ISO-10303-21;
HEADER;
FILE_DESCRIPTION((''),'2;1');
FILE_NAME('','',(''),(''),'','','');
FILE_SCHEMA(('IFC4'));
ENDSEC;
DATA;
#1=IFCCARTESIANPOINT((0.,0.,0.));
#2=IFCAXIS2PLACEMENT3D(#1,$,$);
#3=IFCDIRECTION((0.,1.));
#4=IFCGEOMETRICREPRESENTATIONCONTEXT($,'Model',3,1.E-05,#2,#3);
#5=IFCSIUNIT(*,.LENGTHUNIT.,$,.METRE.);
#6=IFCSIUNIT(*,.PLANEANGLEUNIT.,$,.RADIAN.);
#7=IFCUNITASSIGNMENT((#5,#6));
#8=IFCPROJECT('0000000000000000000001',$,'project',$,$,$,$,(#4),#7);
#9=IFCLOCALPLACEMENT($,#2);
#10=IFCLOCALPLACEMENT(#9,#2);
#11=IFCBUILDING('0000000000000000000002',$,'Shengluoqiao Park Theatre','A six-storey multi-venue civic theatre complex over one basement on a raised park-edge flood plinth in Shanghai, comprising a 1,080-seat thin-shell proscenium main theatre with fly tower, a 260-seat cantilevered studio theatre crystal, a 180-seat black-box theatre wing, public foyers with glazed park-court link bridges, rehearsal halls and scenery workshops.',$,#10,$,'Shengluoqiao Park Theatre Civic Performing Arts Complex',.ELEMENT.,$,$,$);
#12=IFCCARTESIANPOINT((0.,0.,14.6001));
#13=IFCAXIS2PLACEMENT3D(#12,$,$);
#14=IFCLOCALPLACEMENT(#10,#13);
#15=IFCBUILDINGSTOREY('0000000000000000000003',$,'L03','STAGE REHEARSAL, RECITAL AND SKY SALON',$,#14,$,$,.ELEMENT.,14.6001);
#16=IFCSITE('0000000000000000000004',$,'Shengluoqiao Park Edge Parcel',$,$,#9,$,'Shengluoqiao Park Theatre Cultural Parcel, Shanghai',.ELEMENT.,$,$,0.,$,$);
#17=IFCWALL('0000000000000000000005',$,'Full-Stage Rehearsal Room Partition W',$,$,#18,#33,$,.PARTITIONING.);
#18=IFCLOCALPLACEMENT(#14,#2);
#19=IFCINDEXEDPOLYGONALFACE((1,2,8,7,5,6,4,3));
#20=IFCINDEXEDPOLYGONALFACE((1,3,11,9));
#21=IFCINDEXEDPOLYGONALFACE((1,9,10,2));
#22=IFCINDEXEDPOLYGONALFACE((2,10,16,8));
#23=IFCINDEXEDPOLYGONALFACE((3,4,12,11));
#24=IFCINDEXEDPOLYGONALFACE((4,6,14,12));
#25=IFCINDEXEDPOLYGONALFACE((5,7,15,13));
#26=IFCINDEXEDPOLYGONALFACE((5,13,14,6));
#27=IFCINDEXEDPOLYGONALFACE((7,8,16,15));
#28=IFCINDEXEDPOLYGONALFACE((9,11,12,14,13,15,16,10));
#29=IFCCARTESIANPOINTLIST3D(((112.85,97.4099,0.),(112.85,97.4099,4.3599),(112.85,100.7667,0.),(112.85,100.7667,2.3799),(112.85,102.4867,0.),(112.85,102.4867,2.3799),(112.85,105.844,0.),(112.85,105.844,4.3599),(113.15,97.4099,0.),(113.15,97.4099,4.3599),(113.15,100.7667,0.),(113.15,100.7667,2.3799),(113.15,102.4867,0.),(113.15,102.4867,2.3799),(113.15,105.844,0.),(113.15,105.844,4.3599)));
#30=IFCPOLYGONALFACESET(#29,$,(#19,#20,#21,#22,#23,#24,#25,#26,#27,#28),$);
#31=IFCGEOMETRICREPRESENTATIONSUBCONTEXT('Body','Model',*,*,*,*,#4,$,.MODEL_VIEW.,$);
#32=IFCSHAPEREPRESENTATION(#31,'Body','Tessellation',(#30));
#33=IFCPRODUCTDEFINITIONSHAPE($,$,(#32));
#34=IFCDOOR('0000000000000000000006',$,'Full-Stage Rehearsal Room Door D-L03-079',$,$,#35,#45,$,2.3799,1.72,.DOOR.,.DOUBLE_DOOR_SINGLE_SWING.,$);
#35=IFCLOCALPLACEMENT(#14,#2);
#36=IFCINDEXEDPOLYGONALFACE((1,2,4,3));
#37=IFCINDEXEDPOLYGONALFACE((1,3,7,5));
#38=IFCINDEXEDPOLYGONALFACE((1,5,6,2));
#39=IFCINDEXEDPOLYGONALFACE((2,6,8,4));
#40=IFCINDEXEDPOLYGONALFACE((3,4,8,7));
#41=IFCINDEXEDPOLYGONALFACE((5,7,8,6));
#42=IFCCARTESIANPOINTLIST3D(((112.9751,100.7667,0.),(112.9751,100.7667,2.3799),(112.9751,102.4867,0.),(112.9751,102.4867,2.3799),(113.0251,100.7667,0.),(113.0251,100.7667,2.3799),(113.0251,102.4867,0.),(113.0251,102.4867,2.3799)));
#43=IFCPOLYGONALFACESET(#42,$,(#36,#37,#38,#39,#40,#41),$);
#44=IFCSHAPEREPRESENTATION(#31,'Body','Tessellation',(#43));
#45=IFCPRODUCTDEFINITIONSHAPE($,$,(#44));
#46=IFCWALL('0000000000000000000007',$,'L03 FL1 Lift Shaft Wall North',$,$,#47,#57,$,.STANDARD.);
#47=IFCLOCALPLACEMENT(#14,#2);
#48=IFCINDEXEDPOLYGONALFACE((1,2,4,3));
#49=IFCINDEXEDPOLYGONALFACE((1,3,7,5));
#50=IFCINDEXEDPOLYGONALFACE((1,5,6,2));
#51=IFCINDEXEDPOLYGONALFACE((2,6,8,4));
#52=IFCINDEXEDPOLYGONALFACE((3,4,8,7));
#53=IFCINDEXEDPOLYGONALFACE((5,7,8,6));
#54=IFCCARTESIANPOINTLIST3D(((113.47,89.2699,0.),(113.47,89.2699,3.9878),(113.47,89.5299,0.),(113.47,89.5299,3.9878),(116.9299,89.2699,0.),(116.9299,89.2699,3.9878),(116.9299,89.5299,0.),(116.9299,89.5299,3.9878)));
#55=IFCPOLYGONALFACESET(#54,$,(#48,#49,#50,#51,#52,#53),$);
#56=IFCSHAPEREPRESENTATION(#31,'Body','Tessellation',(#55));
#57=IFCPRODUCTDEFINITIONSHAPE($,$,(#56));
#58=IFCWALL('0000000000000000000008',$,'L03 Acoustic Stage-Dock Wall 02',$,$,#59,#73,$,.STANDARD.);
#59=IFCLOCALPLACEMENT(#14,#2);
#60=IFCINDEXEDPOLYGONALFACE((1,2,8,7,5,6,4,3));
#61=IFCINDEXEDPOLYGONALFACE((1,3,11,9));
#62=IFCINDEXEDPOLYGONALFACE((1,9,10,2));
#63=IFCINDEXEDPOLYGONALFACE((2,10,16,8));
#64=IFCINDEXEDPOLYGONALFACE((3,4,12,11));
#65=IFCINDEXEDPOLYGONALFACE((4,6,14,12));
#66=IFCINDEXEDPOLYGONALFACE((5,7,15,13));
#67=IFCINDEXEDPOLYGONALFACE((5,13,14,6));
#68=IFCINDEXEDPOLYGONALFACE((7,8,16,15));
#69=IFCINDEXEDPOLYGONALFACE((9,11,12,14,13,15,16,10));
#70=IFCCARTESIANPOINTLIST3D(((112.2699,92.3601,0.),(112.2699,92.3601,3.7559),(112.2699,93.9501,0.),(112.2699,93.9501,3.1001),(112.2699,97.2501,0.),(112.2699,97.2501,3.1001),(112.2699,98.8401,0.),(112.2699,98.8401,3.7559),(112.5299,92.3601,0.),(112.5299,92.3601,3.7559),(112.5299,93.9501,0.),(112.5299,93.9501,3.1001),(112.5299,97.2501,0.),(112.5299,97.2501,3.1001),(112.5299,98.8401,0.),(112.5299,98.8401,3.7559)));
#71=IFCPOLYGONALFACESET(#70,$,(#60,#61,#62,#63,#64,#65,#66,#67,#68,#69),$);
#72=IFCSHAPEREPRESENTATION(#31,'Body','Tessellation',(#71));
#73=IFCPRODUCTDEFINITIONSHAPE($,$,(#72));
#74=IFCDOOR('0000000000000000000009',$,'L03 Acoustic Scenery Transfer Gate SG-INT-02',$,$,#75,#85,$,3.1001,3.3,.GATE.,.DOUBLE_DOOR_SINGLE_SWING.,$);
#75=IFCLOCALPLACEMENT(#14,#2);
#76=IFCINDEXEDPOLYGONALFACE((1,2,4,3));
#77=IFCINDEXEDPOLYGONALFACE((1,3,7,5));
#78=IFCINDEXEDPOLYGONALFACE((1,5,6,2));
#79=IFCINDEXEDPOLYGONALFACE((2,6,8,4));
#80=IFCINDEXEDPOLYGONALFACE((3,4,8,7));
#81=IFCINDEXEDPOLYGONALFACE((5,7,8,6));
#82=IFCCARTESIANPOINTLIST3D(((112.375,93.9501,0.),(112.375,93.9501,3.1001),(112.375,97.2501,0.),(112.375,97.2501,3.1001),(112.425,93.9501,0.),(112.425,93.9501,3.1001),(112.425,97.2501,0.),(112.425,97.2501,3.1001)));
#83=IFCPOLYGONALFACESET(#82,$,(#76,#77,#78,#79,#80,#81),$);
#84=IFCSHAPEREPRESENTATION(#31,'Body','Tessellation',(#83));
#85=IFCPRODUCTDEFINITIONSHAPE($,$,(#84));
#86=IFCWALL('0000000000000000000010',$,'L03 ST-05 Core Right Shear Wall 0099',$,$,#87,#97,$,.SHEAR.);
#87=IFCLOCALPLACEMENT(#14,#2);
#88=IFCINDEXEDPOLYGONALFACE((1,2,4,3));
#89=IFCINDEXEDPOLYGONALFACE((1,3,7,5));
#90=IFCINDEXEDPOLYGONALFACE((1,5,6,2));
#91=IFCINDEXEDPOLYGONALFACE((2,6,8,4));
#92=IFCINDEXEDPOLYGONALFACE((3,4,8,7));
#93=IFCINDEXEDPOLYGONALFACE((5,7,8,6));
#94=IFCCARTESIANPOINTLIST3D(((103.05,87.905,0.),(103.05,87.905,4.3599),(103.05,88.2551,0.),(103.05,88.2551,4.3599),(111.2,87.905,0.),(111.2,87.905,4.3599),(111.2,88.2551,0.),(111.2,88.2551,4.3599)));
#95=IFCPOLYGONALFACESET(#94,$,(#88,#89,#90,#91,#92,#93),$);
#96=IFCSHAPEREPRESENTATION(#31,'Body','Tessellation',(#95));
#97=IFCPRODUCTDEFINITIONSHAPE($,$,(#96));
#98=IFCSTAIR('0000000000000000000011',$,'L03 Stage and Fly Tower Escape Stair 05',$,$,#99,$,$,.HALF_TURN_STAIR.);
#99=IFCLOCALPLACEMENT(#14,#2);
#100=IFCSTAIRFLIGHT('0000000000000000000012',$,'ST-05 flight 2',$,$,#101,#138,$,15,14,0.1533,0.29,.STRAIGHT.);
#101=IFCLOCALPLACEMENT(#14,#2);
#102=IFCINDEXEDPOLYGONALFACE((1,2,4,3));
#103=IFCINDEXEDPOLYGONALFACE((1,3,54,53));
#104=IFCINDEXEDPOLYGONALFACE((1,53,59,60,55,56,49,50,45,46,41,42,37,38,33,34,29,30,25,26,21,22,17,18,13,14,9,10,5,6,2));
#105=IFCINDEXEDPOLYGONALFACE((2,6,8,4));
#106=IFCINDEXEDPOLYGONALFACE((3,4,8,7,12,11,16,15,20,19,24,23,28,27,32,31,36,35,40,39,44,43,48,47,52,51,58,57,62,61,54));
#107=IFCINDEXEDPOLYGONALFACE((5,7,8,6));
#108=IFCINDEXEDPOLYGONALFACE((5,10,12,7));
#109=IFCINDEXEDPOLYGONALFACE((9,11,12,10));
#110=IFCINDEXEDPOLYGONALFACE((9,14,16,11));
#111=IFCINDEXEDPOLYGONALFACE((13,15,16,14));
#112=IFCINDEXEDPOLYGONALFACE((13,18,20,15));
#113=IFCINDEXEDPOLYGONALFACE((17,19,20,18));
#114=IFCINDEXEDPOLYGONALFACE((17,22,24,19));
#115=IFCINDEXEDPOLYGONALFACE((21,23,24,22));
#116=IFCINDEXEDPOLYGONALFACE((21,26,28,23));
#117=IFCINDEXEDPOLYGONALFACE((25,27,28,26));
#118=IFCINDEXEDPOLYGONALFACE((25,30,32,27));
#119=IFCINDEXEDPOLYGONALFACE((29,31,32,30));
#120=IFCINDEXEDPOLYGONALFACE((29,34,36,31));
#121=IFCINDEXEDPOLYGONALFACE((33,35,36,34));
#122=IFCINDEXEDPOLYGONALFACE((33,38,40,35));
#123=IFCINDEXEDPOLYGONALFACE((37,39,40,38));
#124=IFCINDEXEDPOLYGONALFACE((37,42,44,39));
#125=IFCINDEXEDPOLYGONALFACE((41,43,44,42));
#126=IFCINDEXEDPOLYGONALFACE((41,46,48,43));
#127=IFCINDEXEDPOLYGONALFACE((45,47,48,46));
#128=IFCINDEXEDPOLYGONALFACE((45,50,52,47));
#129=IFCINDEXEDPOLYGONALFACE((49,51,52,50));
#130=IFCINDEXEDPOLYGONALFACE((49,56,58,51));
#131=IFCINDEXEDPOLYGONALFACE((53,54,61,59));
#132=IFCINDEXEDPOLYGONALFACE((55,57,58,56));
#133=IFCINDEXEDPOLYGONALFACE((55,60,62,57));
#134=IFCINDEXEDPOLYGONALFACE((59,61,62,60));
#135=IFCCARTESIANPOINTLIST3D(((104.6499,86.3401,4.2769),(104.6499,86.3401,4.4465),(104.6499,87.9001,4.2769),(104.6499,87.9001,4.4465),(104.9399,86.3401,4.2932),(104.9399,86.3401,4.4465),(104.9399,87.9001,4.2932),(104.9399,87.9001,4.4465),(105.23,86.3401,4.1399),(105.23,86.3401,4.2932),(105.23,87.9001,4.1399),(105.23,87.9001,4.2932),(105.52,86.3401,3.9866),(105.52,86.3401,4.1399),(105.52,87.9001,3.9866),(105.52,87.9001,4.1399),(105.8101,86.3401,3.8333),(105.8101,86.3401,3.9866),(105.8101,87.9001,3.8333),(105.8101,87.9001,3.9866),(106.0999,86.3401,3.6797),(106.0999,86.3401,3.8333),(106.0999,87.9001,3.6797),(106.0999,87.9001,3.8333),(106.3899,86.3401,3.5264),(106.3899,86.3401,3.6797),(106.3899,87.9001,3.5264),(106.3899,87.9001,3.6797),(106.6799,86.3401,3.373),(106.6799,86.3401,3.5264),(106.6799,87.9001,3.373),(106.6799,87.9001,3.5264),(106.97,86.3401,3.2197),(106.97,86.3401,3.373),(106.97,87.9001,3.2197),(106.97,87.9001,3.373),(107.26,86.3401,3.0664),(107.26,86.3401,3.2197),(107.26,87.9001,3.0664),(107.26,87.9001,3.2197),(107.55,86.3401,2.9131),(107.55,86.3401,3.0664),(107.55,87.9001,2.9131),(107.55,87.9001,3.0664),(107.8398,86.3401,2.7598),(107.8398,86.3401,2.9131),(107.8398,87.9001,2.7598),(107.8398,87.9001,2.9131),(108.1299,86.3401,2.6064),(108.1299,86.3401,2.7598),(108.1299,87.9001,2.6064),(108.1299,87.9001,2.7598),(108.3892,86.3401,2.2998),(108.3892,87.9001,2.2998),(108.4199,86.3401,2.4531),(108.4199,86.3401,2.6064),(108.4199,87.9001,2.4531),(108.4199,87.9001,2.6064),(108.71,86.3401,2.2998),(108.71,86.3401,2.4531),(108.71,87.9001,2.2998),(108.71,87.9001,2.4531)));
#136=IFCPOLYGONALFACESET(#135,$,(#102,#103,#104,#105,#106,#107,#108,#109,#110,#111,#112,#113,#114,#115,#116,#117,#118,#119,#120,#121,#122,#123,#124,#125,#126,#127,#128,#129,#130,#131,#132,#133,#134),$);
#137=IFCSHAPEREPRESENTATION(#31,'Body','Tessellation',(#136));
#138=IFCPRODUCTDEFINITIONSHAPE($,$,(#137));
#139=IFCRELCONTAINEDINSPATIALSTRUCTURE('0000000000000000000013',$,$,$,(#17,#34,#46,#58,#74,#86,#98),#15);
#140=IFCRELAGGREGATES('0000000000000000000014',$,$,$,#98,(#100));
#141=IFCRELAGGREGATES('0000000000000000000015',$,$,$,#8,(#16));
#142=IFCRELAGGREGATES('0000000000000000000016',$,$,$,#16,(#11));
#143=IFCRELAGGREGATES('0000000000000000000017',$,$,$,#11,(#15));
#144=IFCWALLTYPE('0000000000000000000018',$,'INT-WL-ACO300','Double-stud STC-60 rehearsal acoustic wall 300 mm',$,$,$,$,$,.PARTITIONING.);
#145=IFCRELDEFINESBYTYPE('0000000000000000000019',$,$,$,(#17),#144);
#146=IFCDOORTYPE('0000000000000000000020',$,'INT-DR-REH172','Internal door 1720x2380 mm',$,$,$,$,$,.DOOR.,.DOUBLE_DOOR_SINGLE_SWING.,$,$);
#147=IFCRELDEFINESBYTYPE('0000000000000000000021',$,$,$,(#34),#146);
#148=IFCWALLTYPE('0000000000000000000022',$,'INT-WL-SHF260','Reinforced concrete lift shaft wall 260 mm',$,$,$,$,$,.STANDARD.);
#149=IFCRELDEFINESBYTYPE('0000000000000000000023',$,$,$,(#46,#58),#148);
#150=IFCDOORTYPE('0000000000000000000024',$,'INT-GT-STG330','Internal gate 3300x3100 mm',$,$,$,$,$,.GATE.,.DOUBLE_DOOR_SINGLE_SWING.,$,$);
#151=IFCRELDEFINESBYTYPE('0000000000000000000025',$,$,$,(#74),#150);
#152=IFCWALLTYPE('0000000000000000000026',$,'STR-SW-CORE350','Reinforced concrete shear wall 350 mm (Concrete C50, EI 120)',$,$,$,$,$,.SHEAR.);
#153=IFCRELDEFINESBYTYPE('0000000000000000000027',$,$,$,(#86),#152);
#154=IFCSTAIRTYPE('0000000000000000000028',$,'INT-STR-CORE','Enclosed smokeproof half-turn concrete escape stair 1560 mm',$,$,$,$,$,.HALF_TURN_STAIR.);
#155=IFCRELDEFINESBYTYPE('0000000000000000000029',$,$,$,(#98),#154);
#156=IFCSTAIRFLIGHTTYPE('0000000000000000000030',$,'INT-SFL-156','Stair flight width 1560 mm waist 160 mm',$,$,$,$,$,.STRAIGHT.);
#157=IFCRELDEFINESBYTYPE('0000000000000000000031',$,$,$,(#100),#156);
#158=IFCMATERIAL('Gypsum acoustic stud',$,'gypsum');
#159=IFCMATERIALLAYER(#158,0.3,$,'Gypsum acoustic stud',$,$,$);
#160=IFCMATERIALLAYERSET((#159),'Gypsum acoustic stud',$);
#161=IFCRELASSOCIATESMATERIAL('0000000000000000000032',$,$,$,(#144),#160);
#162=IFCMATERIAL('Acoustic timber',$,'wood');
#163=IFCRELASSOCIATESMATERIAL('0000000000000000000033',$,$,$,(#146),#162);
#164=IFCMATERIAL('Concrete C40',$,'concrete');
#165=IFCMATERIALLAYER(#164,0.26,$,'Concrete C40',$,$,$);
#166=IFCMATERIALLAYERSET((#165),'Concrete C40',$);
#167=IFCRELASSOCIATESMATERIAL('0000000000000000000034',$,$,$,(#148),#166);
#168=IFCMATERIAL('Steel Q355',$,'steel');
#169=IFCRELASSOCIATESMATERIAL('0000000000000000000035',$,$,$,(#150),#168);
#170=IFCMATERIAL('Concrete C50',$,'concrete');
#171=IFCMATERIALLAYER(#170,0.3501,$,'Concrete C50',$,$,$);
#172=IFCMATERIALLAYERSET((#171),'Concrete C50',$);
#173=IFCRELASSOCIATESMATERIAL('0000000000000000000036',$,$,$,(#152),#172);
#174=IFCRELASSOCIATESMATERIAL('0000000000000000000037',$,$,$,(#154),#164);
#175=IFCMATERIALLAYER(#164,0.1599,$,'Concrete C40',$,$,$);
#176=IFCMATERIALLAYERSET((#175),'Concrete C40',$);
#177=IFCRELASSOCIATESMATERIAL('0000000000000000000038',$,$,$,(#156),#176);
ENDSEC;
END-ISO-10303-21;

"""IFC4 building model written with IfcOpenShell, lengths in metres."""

from ifc_helpers import new_model, si_unit, direction, frame, frame_2d, origin, place, context, subcontext, project, spatial, polyline, rectangle, outline, extrude, material, layer, layer_set, type_object, element, fill, aggregate, save


model = new_model("IFC4")

# Units and contexts
model_context = context("Model", 3, precision=1e-05, world=origin(), true_north=direction((0.0, 1.0)))
body_context = subcontext(model_context, "Body", "Model", "MODEL_VIEW")
ifc_project = project(units=[si_unit("LENGTHUNIT", "METRE"), si_unit("PLANEANGLEUNIT", "RADIAN")], contexts=[model_context])

# Site, building, storey
site_placement = place(None, origin())
site = spatial("IfcSite", under=ifc_project, at=site_placement, Name="Shengluoqiao Park Edge Parcel", LongName="Shengluoqiao Park Theatre Cultural Parcel, Shanghai", CompositionType="ELEMENT", RefElevation=0.0)
building_placement = place(site_placement, origin())
building = spatial("IfcBuilding", under=site, at=building_placement, Name="Shengluoqiao Park Theatre", Description="A six-storey multi-venue civic theatre complex over one basement on a raised park-edge flood plinth in Shanghai, comprising a 1,080-seat thin-shell proscenium main theatre with fly tower, a 260-seat cantilevered studio theatre crystal, a 180-seat black-box theatre wing, public foyers with glazed park-court link bridges, rehearsal halls and scenery workshops.", LongName="Shengluoqiao Park Theatre Civic Performing Arts Complex", CompositionType="ELEMENT")
storey_placement = place(building_placement, frame((0.0, 0.0, 14.6001)))
storey = spatial("IfcBuildingStorey", under=building, at=storey_placement, Name="L03", Description="STAGE REHEARSAL, RECITAL AND SKY SALON", CompositionType="ELEMENT", Elevation=14.6001)

# Shared definitions
ifc_material_1 = material(Name="Concrete C50", Category="concrete")

# Shared definitions
ifc_material_2 = material(Name="Steel Q355", Category="steel")

# Shared definitions
ifc_material_3 = material(Name="Gypsum acoustic stud", Category="gypsum")
ifc_layer_1 = layer(ifc_material_3, 0.3, Name="Gypsum acoustic stud")
ifc_layer_set_1 = layer_set([ifc_layer_1], Name="Gypsum acoustic stud")
wall_type_1 = type_object("IfcWallType", Name="INT-WL-ACO300", Description="Double-stud STC-60 rehearsal acoustic wall 300 mm", PredefinedType="PARTITIONING", material=ifc_layer_set_1)

# Wall, opening, door
wall_1_placement = place(storey_placement, frame((113.0, 97.4099, 0.0), z_axis=(0.0, 0.0, 1.0), x_axis=(0.0, 1.0, 0.0)))
wall_1 = element("IfcWall", 1, at=wall_1_placement, inside=storey, type_object=wall_type_1, Name="Full-Stage Rehearsal Room Partition W", PredefinedType="PARTITIONING", context=body_context, shape_type="SweptSolid", body=[
    extrude(rectangle(XDim=8.4341, YDim=0.3, at=frame_2d((4.217, 0.0))), origin(), (0.0, 0.0, 1.0), 4.3599),
])
opening_1_placement = place(wall_1_placement, frame((3.3569, 0.0, 0.0)))
opening_1 = element("IfcOpeningElement", 2, at=opening_1_placement, cuts=wall_1, PredefinedType="OPENING", context=body_context, shape_type="SweptSolid", body=[
    extrude(rectangle(XDim=1.72, YDim=2.3799, at=frame_2d((0.8599, 1.1899))), frame((0.0, 0.1599, 0.0), z_axis=(0.0, -1.0, 0.0), x_axis=(1.0, 0.0, 0.0)), (0.0, 0.0, 1.0), 0.3201),
])
ifc_material_4 = material(Name="Acoustic timber", Category="wood")
door_type_1 = type_object("IfcDoorType", Name="INT-DR-REH172", Description="Internal door 1720x2380 mm", OperationType="DOUBLE_DOOR_SINGLE_SWING", PredefinedType="DOOR", material=ifc_material_4)
door_1_placement = place(opening_1_placement, origin())
door_1 = element("IfcDoor", 3, at=door_1_placement, inside=storey, type_object=door_type_1, Name="Full-Stage Rehearsal Room Door D-L03-079", OperationType="DOUBLE_DOOR_SINGLE_SWING", OverallHeight=2.3799, OverallWidth=1.72, PredefinedType="DOOR", context=body_context, shape_type="SweptSolid", body=[
    extrude(rectangle(XDim=1.72, YDim=2.3799, at=frame_2d((0.8599, 1.1899))), frame((0.0, 0.0249, 0.0), z_axis=(0.0, -1.0, 0.0), x_axis=(1.0, 0.0, 0.0)), (0.0, 0.0, 1.0), 0.05),
])
fill(opening_1, door_1)

# Wall
ifc_material_5 = material(Name="Concrete C40", Category="concrete")
ifc_layer_2 = layer(ifc_material_5, 0.26, Name="Concrete C40")
ifc_layer_set_2 = layer_set([ifc_layer_2], Name="Concrete C40")
wall_type_2 = type_object("IfcWallType", Name="INT-WL-SHF260", Description="Reinforced concrete lift shaft wall 260 mm", PredefinedType="STANDARD", material=ifc_layer_set_2)
wall_2_placement = place(storey_placement, frame((113.47, 89.3999, 0.0), z_axis=(0.0, 0.0, 1.0), x_axis=(1.0, 0.0, 0.0)))
element("IfcWall", 4, at=wall_2_placement, inside=storey, type_object=wall_type_2, Name="L03 FL1 Lift Shaft Wall North", PredefinedType="STANDARD", context=body_context, shape_type="SweptSolid", body=[
    extrude(rectangle(XDim=3.46, YDim=0.26, at=frame_2d((1.73, 0.0))), origin(), (0.0, 0.0, 1.0), 3.9878),
])

# Wall, opening, door
wall_3_placement = place(storey_placement, frame((112.3999, 92.3601, 0.0), z_axis=(0.0, 0.0, 1.0), x_axis=(0.0, 1.0, 0.0)))
wall_3 = element("IfcWall", 5, at=wall_3_placement, inside=storey, type_object=wall_type_2, Name="L03 Acoustic Stage-Dock Wall 02", PredefinedType="STANDARD", context=body_context, shape_type="SweptSolid", body=[
    extrude(rectangle(XDim=6.48, YDim=0.26, at=frame_2d((3.24, 0.0))), origin(), (0.0, 0.0, 1.0), 3.7559),
])
opening_2_placement = place(wall_3_placement, frame((1.5901, 0.0, 0.0)))
opening_2 = element("IfcOpeningElement", 6, at=opening_2_placement, cuts=wall_3, PredefinedType="OPENING", context=body_context, shape_type="SweptSolid", body=[
    extrude(rectangle(XDim=3.3, YDim=3.1001, at=frame_2d((1.6499, 1.55))), frame((0.0, 0.1399, 0.0), z_axis=(0.0, -1.0, 0.0), x_axis=(1.0, 0.0, 0.0)), (0.0, 0.0, 1.0), 0.28),
])
door_type_2 = type_object("IfcDoorType", Name="INT-GT-STG330", Description="Internal gate 3300x3100 mm", OperationType="DOUBLE_DOOR_SINGLE_SWING", PredefinedType="GATE", material=ifc_material_2)
door_2_placement = place(opening_2_placement, origin())
door_2 = element("IfcDoor", 7, at=door_2_placement, inside=storey, type_object=door_type_2, Name="L03 Acoustic Scenery Transfer Gate SG-INT-02", OperationType="DOUBLE_DOOR_SINGLE_SWING", OverallHeight=3.1001, OverallWidth=3.3, PredefinedType="GATE", context=body_context, shape_type="SweptSolid", body=[
    extrude(rectangle(XDim=3.3, YDim=3.1001, at=frame_2d((1.6499, 1.55))), frame((0.0, 0.0249, 0.0), z_axis=(0.0, -1.0, 0.0), x_axis=(1.0, 0.0, 0.0)), (0.0, 0.0, 1.0), 0.05),
])
fill(opening_2, door_2)

# Wall
ifc_layer_3 = layer(ifc_material_1, 0.3501, Name="Concrete C50")
ifc_layer_set_3 = layer_set([ifc_layer_3], Name="Concrete C50")
wall_type_3 = type_object("IfcWallType", Name="STR-SW-CORE350", Description="Reinforced concrete shear wall 350 mm (Concrete C50, EI 120)", PredefinedType="SHEAR", material=ifc_layer_set_3)
wall_4_placement = place(storey_placement, frame((111.2, 88.0801, 0.0), z_axis=(0.0, 0.0, 1.0), x_axis=(-1.0, 0.0, 0.0)))
element("IfcWall", 8, at=wall_4_placement, inside=storey, type_object=wall_type_3, Name="L03 ST-05 Core Right Shear Wall 0099", PredefinedType="SHEAR", context=body_context, shape_type="SweptSolid", body=[
    extrude(rectangle(XDim=8.1499, YDim=0.3501, at=frame_2d((4.075, 0.0))), origin(), (0.0, 0.0, 1.0), 4.3599),
])

# Stair, stair flight
stair_type = type_object("IfcStairType", Name="INT-STR-CORE", Description="Enclosed smokeproof half-turn concrete escape stair 1560 mm", PredefinedType="HALF_TURN_STAIR", material=ifc_material_5)
stair_placement = place(storey_placement, origin())
stair = element("IfcStair", 9, at=stair_placement, inside=storey, type_object=stair_type, Name="L03 Stage and Fly Tower Escape Stair 05", PredefinedType="HALF_TURN_STAIR")
ifc_layer_4 = layer(ifc_material_5, 0.1599, Name="Concrete C40")
ifc_layer_set_4 = layer_set([ifc_layer_4], Name="Concrete C40")
stair_flight_type = type_object("IfcStairFlightType", Name="INT-SFL-156", Description="Stair flight width 1560 mm waist 160 mm", PredefinedType="STRAIGHT", material=ifc_layer_set_4)
stair_flight_placement = place(storey_placement, frame((108.71, 87.1201, 2.2998), z_axis=(0.0, 0.0, 1.0), x_axis=(-1.0, 0.0, 0.0)))
stair_flight = element("IfcStairFlight", 10, at=stair_flight_placement, type_object=stair_flight_type, Name="ST-05 flight 2", NumberOfRisers=15, NumberOfTreads=14, PredefinedType="STRAIGHT", RiserHeight=0.1533, TreadLength=0.29, context=body_context, shape_type="SweptSolid", body=[
    extrude(outline(polyline([(0.0, 0.0), (0.0, 0.1533), (0.29, 0.1533), (0.29, 0.3066), (0.5801, 0.3066), (0.5801, 0.46), (0.8701, 0.46), (0.8701, 0.6133), (1.1599, 0.6133), (1.1599, 0.7666), (1.45, 0.7666), (1.45, 0.9199), (1.74, 0.9199), (1.74, 1.0732), (2.03, 1.0732), (2.03, 1.2266), (2.3201, 1.2266), (2.3201, 1.3799), (2.6101, 1.3799), (2.6101, 1.5334), (2.8999, 1.5334), (2.8999, 1.6868), (3.1899, 1.6868), (3.1899, 1.8401), (3.48, 1.8401), (3.48, 1.9934), (3.77, 1.9934), (3.77, 2.1467), (4.0601, 2.1467), (4.0601, 2.3), (4.0601, 1.9771), (0.3208, 0.0), (0.0, 0.0)])), frame((0.0, 0.78, 0.0), z_axis=(0.0, -1.0, 0.0), x_axis=(1.0, 0.0, 0.0)), (0.0, 0.0, 1.0), 1.5601),
])
aggregate(stair, [stair_flight])

save(model, "model.ifc")
